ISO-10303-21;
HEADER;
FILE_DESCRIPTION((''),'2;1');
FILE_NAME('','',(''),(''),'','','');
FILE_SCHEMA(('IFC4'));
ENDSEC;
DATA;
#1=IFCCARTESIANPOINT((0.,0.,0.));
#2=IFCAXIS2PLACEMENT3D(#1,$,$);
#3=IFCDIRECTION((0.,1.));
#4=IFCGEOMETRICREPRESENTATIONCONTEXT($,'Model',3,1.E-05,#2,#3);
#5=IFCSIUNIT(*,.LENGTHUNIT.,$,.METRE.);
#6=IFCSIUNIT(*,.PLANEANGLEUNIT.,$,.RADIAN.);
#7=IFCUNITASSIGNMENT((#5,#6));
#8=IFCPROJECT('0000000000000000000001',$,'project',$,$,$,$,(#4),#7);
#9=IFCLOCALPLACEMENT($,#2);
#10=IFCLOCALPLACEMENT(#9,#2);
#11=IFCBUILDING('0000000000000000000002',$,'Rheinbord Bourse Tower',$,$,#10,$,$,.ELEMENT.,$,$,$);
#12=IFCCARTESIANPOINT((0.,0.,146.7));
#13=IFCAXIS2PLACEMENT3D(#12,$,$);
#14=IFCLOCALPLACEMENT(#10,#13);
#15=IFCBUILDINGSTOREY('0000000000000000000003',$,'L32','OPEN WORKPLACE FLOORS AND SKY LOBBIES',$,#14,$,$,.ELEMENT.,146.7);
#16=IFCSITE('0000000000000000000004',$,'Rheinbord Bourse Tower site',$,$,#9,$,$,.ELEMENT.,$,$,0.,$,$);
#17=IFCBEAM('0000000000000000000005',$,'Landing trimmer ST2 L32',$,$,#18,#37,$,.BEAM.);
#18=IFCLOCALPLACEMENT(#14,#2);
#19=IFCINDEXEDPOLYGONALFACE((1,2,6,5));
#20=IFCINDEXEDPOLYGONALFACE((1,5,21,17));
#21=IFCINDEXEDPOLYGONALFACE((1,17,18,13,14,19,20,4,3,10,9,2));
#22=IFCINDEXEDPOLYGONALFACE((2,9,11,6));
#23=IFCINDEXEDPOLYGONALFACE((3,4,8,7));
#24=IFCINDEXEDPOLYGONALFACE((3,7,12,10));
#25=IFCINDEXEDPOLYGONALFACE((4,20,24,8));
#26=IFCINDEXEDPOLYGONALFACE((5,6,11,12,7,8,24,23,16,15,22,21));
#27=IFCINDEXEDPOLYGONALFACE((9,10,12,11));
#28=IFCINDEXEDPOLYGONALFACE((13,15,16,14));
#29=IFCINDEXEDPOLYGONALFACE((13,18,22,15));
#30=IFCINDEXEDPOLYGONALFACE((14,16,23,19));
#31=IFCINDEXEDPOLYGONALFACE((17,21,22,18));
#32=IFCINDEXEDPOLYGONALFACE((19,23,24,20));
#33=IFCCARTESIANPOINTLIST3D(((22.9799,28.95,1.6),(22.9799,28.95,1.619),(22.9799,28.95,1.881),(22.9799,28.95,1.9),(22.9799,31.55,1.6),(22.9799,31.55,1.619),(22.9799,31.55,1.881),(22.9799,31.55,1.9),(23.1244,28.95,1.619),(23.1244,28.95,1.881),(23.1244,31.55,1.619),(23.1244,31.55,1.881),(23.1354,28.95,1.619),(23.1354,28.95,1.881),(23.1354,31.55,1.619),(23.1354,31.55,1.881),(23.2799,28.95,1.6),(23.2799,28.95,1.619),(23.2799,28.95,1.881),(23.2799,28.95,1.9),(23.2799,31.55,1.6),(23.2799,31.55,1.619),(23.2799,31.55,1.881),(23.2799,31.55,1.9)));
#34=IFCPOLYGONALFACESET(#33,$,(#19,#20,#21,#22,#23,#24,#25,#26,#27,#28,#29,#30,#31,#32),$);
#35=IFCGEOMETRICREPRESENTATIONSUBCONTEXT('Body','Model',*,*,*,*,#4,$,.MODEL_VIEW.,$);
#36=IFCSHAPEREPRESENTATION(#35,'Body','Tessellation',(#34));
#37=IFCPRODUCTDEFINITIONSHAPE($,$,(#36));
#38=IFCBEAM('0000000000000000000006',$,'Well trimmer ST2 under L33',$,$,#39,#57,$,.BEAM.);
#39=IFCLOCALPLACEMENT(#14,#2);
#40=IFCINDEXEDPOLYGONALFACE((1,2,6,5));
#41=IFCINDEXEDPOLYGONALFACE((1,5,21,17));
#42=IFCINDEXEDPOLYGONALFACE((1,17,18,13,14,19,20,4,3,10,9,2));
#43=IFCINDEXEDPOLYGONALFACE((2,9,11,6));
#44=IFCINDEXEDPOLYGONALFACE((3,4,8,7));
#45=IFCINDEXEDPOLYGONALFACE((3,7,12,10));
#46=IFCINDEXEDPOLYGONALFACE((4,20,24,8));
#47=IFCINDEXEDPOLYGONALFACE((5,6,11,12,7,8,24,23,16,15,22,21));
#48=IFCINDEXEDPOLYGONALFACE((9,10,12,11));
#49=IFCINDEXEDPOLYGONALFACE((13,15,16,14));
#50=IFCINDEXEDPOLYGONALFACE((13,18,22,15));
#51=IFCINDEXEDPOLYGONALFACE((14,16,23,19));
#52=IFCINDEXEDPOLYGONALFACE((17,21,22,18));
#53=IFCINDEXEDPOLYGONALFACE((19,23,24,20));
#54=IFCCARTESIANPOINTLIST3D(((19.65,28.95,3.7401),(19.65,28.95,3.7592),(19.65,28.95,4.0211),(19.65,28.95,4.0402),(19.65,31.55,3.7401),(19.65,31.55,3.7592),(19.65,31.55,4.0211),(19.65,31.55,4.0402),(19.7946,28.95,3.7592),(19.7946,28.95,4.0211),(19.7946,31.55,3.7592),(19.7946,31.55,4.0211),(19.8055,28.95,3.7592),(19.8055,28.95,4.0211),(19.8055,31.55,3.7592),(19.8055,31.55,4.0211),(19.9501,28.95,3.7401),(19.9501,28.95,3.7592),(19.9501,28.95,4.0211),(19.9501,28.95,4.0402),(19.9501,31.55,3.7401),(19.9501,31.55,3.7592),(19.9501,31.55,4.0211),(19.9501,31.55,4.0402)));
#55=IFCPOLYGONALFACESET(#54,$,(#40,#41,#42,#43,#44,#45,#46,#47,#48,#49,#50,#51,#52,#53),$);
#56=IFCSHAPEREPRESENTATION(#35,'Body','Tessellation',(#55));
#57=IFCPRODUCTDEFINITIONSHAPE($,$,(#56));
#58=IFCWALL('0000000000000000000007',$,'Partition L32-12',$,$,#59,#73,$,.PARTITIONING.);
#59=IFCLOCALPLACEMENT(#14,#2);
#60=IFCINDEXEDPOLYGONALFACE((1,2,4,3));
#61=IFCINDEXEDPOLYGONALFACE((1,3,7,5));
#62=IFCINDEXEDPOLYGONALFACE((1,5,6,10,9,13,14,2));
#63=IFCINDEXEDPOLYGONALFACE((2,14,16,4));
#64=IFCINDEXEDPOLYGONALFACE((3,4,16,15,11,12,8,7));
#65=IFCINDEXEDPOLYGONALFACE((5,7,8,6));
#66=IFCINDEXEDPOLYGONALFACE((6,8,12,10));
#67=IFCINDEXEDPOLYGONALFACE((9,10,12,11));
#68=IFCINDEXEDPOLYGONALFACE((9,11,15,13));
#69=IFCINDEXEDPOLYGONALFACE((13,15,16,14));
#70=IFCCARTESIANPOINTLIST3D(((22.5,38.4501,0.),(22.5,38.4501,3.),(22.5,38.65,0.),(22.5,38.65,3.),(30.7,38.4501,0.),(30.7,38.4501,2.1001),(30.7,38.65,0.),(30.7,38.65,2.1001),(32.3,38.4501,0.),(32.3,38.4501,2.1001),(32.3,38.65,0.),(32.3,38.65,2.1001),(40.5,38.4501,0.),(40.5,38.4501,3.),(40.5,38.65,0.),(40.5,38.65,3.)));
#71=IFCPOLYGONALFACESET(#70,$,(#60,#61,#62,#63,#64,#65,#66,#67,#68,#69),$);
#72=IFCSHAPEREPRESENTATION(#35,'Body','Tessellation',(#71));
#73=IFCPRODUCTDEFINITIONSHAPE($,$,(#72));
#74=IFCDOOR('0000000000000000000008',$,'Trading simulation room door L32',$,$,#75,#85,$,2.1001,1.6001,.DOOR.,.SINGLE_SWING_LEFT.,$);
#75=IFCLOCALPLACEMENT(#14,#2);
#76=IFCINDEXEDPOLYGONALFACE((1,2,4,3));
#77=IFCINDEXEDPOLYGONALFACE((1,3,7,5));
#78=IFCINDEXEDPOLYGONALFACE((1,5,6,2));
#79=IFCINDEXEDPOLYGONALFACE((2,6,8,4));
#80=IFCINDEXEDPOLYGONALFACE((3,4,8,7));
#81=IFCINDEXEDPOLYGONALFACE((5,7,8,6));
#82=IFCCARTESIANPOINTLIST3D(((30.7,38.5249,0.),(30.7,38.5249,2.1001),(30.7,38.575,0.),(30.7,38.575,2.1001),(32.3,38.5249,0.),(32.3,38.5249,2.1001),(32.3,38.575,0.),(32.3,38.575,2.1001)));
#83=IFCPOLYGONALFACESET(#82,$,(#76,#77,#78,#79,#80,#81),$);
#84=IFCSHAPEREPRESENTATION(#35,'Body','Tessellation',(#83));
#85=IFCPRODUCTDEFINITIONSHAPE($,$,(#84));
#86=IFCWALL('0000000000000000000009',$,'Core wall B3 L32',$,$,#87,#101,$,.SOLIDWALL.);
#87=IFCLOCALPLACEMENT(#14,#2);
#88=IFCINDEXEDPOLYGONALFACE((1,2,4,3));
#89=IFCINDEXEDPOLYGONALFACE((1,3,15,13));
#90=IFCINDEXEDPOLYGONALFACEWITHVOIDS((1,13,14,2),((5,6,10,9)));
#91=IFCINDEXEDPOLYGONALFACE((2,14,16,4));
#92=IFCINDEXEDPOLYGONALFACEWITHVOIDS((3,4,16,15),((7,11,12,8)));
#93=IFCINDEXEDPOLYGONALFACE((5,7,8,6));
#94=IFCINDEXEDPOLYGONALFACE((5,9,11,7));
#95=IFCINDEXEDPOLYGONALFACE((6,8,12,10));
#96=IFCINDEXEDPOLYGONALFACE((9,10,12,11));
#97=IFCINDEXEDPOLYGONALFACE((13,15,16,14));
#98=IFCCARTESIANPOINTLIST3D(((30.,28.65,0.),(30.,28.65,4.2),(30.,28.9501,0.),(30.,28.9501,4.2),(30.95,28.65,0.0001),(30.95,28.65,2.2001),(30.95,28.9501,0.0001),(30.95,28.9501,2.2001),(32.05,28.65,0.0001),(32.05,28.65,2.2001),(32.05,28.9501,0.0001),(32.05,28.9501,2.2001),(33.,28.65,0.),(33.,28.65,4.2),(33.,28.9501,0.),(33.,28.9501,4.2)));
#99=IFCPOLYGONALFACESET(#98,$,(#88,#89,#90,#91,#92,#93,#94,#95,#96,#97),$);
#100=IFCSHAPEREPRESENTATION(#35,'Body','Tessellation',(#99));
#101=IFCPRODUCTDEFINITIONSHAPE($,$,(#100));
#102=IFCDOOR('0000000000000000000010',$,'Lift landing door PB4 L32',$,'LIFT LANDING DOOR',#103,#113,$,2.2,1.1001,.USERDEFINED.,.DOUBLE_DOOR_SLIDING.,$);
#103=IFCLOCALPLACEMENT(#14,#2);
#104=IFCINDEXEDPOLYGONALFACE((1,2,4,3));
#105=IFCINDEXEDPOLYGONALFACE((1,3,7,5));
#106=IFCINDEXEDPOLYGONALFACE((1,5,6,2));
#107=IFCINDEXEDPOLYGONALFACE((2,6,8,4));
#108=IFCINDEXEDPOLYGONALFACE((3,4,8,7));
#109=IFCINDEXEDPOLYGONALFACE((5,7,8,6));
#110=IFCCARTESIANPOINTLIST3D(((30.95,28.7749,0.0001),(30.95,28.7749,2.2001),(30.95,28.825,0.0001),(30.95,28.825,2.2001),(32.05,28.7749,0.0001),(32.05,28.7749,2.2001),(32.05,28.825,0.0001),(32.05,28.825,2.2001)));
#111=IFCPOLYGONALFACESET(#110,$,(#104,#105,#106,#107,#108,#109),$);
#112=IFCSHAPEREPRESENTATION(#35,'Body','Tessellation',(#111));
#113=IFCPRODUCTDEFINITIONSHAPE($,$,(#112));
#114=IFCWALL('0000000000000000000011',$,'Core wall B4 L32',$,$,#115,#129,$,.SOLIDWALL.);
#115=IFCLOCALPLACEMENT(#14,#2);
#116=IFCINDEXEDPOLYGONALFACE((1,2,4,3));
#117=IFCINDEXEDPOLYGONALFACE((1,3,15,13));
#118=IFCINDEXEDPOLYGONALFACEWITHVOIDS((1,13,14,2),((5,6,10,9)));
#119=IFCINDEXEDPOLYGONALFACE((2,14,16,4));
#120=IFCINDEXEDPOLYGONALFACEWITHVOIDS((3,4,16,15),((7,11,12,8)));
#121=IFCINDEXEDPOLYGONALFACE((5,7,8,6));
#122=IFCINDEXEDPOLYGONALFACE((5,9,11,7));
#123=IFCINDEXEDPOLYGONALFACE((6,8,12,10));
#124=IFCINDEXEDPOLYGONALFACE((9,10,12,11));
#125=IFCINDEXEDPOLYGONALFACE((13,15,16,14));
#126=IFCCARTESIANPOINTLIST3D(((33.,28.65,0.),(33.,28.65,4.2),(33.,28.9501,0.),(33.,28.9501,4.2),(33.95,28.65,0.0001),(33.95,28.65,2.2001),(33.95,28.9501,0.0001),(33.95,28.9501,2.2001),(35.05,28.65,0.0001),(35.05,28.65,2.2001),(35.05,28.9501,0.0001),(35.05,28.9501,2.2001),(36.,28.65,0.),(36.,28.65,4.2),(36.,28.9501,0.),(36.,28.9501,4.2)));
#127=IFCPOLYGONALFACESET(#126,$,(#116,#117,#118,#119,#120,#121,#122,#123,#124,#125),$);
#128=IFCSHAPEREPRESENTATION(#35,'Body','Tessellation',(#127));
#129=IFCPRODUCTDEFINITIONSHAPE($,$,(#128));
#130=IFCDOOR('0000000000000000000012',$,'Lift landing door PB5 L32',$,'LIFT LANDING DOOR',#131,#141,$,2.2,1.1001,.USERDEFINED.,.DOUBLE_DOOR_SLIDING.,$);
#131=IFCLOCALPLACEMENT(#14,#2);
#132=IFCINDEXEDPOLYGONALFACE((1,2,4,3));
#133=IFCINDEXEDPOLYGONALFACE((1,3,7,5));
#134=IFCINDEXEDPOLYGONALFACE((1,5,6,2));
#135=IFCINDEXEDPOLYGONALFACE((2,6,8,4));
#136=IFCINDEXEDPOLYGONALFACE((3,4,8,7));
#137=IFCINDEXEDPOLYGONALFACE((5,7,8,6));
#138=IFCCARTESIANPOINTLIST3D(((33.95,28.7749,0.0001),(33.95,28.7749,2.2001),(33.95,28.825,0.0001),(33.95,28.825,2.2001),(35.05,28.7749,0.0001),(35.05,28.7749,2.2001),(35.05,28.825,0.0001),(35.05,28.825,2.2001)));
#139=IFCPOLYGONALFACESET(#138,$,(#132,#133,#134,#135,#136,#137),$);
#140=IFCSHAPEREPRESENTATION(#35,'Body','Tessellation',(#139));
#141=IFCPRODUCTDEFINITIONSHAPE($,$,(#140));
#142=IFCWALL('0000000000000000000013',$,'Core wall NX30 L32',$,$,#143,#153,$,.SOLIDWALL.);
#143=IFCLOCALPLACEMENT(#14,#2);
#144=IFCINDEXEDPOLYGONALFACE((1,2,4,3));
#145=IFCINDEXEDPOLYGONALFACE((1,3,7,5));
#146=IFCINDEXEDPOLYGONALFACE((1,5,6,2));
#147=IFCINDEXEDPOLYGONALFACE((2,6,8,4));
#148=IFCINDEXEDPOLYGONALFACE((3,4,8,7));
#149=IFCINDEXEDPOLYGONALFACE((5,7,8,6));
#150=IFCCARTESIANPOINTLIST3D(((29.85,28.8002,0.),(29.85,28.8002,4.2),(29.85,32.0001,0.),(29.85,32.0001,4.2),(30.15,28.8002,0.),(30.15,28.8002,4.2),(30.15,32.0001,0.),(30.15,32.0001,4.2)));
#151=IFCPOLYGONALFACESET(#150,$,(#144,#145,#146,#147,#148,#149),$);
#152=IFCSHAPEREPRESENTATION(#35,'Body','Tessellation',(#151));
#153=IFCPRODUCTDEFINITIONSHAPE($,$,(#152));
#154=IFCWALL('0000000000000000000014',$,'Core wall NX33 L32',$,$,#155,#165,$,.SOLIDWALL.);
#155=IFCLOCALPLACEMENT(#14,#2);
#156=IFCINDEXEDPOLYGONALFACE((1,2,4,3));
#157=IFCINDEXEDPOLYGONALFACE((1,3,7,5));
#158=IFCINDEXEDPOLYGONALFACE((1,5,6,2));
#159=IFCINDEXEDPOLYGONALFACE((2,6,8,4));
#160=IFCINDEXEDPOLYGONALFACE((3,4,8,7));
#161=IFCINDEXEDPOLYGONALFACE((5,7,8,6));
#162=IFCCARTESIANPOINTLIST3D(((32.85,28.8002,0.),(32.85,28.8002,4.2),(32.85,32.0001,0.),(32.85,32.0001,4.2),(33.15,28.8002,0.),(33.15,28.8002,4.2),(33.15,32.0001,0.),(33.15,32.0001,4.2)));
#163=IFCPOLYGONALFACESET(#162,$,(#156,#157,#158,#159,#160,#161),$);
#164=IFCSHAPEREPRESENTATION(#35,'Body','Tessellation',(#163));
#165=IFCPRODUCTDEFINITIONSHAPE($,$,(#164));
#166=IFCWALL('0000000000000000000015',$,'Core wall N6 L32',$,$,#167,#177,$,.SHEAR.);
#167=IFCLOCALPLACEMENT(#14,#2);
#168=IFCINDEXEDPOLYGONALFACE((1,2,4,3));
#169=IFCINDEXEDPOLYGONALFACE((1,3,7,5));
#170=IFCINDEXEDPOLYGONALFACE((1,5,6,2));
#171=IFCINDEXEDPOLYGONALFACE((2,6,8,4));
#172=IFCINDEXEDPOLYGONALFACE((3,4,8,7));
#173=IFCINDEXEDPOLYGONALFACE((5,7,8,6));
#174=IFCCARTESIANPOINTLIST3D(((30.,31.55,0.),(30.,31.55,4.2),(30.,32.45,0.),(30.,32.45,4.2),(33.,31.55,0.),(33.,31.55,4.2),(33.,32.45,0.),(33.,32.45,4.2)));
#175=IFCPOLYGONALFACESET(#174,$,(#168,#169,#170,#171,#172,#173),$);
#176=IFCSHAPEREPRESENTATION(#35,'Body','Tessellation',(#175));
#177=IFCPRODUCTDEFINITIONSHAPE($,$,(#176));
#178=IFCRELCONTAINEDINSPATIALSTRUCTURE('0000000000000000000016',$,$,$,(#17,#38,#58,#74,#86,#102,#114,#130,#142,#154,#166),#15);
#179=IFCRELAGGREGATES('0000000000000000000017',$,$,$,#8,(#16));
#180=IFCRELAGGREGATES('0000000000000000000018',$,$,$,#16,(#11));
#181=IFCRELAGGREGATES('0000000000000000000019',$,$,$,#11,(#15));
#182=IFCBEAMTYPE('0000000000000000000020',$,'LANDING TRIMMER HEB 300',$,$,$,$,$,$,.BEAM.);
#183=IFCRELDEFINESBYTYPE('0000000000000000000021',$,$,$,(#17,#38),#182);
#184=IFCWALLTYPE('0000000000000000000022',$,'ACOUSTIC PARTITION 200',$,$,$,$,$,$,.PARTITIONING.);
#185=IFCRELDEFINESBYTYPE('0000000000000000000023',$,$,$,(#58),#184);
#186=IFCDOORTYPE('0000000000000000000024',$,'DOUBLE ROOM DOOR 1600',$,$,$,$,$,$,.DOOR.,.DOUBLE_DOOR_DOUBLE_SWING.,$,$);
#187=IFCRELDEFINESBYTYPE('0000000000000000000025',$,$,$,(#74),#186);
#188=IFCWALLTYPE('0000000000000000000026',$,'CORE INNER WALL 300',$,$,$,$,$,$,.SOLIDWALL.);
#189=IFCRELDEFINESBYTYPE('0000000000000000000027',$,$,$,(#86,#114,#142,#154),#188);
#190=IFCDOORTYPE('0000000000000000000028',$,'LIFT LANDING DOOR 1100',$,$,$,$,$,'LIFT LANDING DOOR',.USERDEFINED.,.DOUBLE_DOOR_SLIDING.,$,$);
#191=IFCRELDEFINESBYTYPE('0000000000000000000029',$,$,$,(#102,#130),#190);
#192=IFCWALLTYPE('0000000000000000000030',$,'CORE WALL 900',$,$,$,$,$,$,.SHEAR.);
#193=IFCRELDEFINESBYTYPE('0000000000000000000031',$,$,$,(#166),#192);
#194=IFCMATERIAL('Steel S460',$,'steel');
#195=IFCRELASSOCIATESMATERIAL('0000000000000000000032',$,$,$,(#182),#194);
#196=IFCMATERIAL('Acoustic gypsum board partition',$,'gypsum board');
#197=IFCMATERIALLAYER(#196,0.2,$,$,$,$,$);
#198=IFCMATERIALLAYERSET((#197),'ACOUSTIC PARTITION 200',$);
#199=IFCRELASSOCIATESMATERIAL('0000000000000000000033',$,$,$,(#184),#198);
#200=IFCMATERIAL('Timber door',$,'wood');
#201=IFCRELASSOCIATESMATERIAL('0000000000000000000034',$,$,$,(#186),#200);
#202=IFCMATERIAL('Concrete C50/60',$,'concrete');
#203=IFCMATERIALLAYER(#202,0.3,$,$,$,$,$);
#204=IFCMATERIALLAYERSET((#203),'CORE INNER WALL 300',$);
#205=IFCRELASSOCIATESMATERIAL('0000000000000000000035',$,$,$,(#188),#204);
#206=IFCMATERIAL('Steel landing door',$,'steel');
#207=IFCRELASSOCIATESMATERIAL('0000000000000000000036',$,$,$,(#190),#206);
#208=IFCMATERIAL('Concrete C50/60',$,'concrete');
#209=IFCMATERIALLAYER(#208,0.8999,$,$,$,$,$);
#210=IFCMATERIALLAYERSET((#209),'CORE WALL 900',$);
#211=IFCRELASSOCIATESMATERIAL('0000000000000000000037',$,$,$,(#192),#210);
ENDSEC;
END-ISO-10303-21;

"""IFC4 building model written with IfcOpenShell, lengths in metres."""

from ifc_helpers import new_model, si_unit, direction, frame, frame_2d, origin, origin_2d, place, context, subcontext, project, spatial, rectangle, i_section, extrude, material, layer, layer_set, material_profile, profile_set, type_object, element, fill, save


model = new_model("IFC4")

# Units and contexts
model_context = context("Model", 3, precision=1e-05, world=origin(), true_north=direction((0.0, 1.0)))
body_context = subcontext(model_context, "Body", "Model", "MODEL_VIEW")
ifc_project = project(units=[si_unit("LENGTHUNIT", "METRE"), si_unit("PLANEANGLEUNIT", "RADIAN")], contexts=[model_context])

# Site, building, storey
site_placement = place(None, origin())
site = spatial("IfcSite", under=ifc_project, at=site_placement, Name="Rheinbord Bourse Tower site", CompositionType="ELEMENT", RefElevation=0.0)
building_placement = place(site_placement, origin())
building = spatial("IfcBuilding", under=site, at=building_placement, Name="Rheinbord Bourse Tower", CompositionType="ELEMENT")
storey_placement = place(building_placement, frame((0.0, 0.0, 146.7)))
storey = spatial("IfcBuildingStorey", under=building, at=storey_placement, Name="L32", Description="OPEN WORKPLACE FLOORS AND SKY LOBBIES", CompositionType="ELEMENT", Elevation=146.7)

# Beams
ifc_material_1 = material(Name="Steel S460", Category="steel")
ifc_material_profile = material_profile(ifc_material_1, i_section(OverallWidth=0.3, OverallDepth=0.3, WebThickness=0.011, FlangeThickness=0.019, at=origin_2d()), Name="HEB 300")
ifc_profile_set = profile_set([ifc_material_profile], Name="Steel S460")
beam_type = type_object("IfcBeamType", Name="LANDING TRIMMER HEB 300", PredefinedType="BEAM", material=ifc_profile_set)
for number, where, z_axis, x_axis, name in (
    (1, (23.1299, 28.95, 1.75), (0.0, 1.0, 0.0), (-1.0, 0.0, 0.0), "Landing trimmer ST2 L32"),
    (2, (19.8, 28.95, 3.8901), (0.0, 1.0, 0.0), (-1.0, 0.0, 0.0), "Well trimmer ST2 under L33"),
):
    element("IfcBeam", number, at=place(storey_placement, frame(where, z_axis=z_axis, x_axis=x_axis)), inside=storey, type_object=beam_type, Name=name, PredefinedType="BEAM", context=body_context, shape_type="SweptSolid", body=[
        extrude(i_section(OverallWidth=0.3, OverallDepth=0.3, WebThickness=0.011, FlangeThickness=0.019, at=origin_2d()), origin(), (0.0, 0.0, 1.0), 2.6001),
    ])

# Walls, openings, doors
ifc_material_2 = material(Name="Acoustic gypsum board partition", Category="gypsum board")
ifc_layer_1 = layer(ifc_material_2, 0.2)
ifc_layer_set_1 = layer_set([ifc_layer_1], Name="ACOUSTIC PARTITION 200")
wall_type_1 = type_object("IfcWallType", Name="ACOUSTIC PARTITION 200", PredefinedType="PARTITIONING", material=ifc_layer_set_1)
wall_1_placement = place(storey_placement, frame((22.5, 38.55, 0.0), z_axis=(0.0, 0.0, 1.0), x_axis=(1.0, 0.0, 0.0)))
wall_1 = element("IfcWall", 3, at=wall_1_placement, inside=storey, type_object=wall_type_1, Name="Partition L32-12", PredefinedType="PARTITIONING", context=body_context, shape_type="SweptSolid", body=[
    extrude(rectangle(XDim=18.0, YDim=0.2, at=frame_2d((9.0, 0.0))), origin(), (0.0, 0.0, 1.0), 3.0),
])
opening_1_placement = place(wall_1_placement, frame((8.2, 0.0, 0.0)))
opening_1 = element("IfcOpeningElement", 4, at=opening_1_placement, cuts=wall_1, PredefinedType="OPENING", context=body_context, shape_type="SweptSolid", body=[
    extrude(rectangle(XDim=1.6001, YDim=2.1001, at=frame_2d((0.8, 1.05))), frame((0.0, 0.1099, 0.0), z_axis=(0.0, -1.0, 0.0), x_axis=(1.0, 0.0, 0.0)), (0.0, 0.0, 1.0), 0.22),
])
ifc_material_3 = material(Name="Timber door", Category="wood")
door_type_1 = type_object("IfcDoorType", Name="DOUBLE ROOM DOOR 1600", OperationType="DOUBLE_DOOR_DOUBLE_SWING", PredefinedType="DOOR", material=ifc_material_3)
door_1_placement = place(opening_1_placement, origin())
door_1 = element("IfcDoor", 5, at=door_1_placement, inside=storey, type_object=door_type_1, Name="Trading simulation room door L32", OperationType="SINGLE_SWING_LEFT", OverallHeight=2.1001, OverallWidth=1.6001, PredefinedType="DOOR", context=body_context, shape_type="SweptSolid", body=[
    extrude(rectangle(XDim=1.6001, YDim=2.1001, at=frame_2d((0.8, 1.05))), frame((0.0, 0.0249, 0.0), z_axis=(0.0, -1.0, 0.0), x_axis=(1.0, 0.0, 0.0)), (0.0, 0.0, 1.0), 0.05),
])
fill(opening_1, door_1)
ifc_material_4 = material(Name="Concrete C50/60", Category="concrete")
ifc_layer_2 = layer(ifc_material_4, 0.3)
ifc_layer_set_2 = layer_set([ifc_layer_2], Name="CORE INNER WALL 300")
wall_type_2 = type_object("IfcWallType", Name="CORE INNER WALL 300", PredefinedType="SOLIDWALL", material=ifc_layer_set_2)
wall_2_placement = place(storey_placement, frame((30.0, 28.8, 0.0), z_axis=(0.0, 0.0, 1.0), x_axis=(1.0, 0.0, 0.0)))
wall_2 = element("IfcWall", 6, at=wall_2_placement, inside=storey, type_object=wall_type_2, Name="Core wall B3 L32", PredefinedType="SOLIDWALL", context=body_context, shape_type="SweptSolid", body=[
    extrude(rectangle(XDim=3.0, YDim=0.3, at=frame_2d((1.5, 0.0))), origin(), (0.0, 0.0, 1.0), 4.2),
])
opening_2_placement = place(wall_2_placement, frame((0.95, 0.0, 0.0)))
opening_2 = element("IfcOpeningElement", 7, at=opening_2_placement, cuts=wall_2, PredefinedType="OPENING", context=body_context, shape_type="SweptSolid", body=[
    extrude(rectangle(XDim=1.1001, YDim=2.2, at=frame_2d((0.55, 1.1001))), frame((0.0, 0.1599, 0.0), z_axis=(0.0, -1.0, 0.0), x_axis=(1.0, 0.0, 0.0)), (0.0, 0.0, 1.0), 0.3201),
])
ifc_material_5 = material(Name="Steel landing door", Category="steel")
door_type_2 = type_object("IfcDoorType", Name="LIFT LANDING DOOR 1100", ElementType="LIFT LANDING DOOR", OperationType="DOUBLE_DOOR_SLIDING", PredefinedType="USERDEFINED", material=ifc_material_5)
door_2_placement = place(opening_2_placement, origin())
door_2 = element("IfcDoor", 8, at=door_2_placement, inside=storey, type_object=door_type_2, Name="Lift landing door PB4 L32", ObjectType="LIFT LANDING DOOR", OperationType="DOUBLE_DOOR_SLIDING", OverallHeight=2.2, OverallWidth=1.1001, PredefinedType="USERDEFINED", context=body_context, shape_type="SweptSolid", body=[
    extrude(rectangle(XDim=1.1001, YDim=2.2, at=frame_2d((0.55, 1.1001))), frame((0.0, 0.0249, 0.0), z_axis=(0.0, -1.0, 0.0), x_axis=(1.0, 0.0, 0.0)), (0.0, 0.0, 1.0), 0.05),
])
fill(opening_2, door_2)
wall_3_placement = place(storey_placement, frame((33.0, 28.8, 0.0), z_axis=(0.0, 0.0, 1.0), x_axis=(1.0, 0.0, 0.0)))
wall_3 = element("IfcWall", 9, at=wall_3_placement, inside=storey, type_object=wall_type_2, Name="Core wall B4 L32", PredefinedType="SOLIDWALL", context=body_context, shape_type="SweptSolid", body=[
    extrude(rectangle(XDim=3.0, YDim=0.3, at=frame_2d((1.5, 0.0))), origin(), (0.0, 0.0, 1.0), 4.2),
])
opening_3_placement = place(wall_3_placement, frame((0.95, 0.0, 0.0)))
opening_3 = element("IfcOpeningElement", 10, at=opening_3_placement, cuts=wall_3, PredefinedType="OPENING", context=body_context, shape_type="SweptSolid", body=[
    extrude(rectangle(XDim=1.1001, YDim=2.2, at=frame_2d((0.55, 1.1001))), frame((0.0, 0.1599, 0.0), z_axis=(0.0, -1.0, 0.0), x_axis=(1.0, 0.0, 0.0)), (0.0, 0.0, 1.0), 0.3201),
])
door_3_placement = place(opening_3_placement, origin())
door_3 = element("IfcDoor", 11, at=door_3_placement, inside=storey, type_object=door_type_2, Name="Lift landing door PB5 L32", ObjectType="LIFT LANDING DOOR", OperationType="DOUBLE_DOOR_SLIDING", OverallHeight=2.2, OverallWidth=1.1001, PredefinedType="USERDEFINED", context=body_context, shape_type="SweptSolid", body=[
    extrude(rectangle(XDim=1.1001, YDim=2.2, at=frame_2d((0.55, 1.1001))), frame((0.0, 0.0249, 0.0), z_axis=(0.0, -1.0, 0.0), x_axis=(1.0, 0.0, 0.0)), (0.0, 0.0, 1.0), 0.05),
])
fill(opening_3, door_3)

# Walls
for number, where, z_axis, x_axis, name in (
    (12, (30.0, 28.8, 0.0), (0.0, 0.0, 1.0), (0.0, 1.0, 0.0), "Core wall NX30 L32"),
    (13, (33.0, 28.8, 0.0), (0.0, 0.0, 1.0), (0.0, 1.0, 0.0), "Core wall NX33 L32"),
):
    element("IfcWall", number, at=place(storey_placement, frame(where, z_axis=z_axis, x_axis=x_axis)), inside=storey, type_object=wall_type_2, Name=name, PredefinedType="SOLIDWALL", context=body_context, shape_type="SweptSolid", body=[
        extrude(rectangle(XDim=3.2, YDim=0.3, at=frame_2d((1.6001, 0.0))), origin(), (0.0, 0.0, 1.0), 4.2),
    ])
ifc_material_6 = material(Name="Concrete C50/60", Category="concrete")
ifc_layer_3 = layer(ifc_material_6, 0.8999)
ifc_layer_set_3 = layer_set([ifc_layer_3], Name="CORE WALL 900")
wall_type_3 = type_object("IfcWallType", Name="CORE WALL 900", PredefinedType="SHEAR", material=ifc_layer_set_3)
for number, where, z_axis, x_axis, name in (
    (14, (33.0, 32.0, 0.0), (0.0, 0.0, 1.0), (-1.0, 0.0, 0.0), "Core wall N6 L32"),
):
    element("IfcWall", number, at=place(storey_placement, frame(where, z_axis=z_axis, x_axis=x_axis)), inside=storey, type_object=wall_type_3, Name=name, PredefinedType="SHEAR", context=body_context, shape_type="SweptSolid", body=[
        extrude(rectangle(XDim=3.0, YDim=0.8999, at=frame_2d((1.5, 0.0))), origin(), (0.0, 0.0, 1.0), 4.2),
    ])

save(model, "model.ifc")
